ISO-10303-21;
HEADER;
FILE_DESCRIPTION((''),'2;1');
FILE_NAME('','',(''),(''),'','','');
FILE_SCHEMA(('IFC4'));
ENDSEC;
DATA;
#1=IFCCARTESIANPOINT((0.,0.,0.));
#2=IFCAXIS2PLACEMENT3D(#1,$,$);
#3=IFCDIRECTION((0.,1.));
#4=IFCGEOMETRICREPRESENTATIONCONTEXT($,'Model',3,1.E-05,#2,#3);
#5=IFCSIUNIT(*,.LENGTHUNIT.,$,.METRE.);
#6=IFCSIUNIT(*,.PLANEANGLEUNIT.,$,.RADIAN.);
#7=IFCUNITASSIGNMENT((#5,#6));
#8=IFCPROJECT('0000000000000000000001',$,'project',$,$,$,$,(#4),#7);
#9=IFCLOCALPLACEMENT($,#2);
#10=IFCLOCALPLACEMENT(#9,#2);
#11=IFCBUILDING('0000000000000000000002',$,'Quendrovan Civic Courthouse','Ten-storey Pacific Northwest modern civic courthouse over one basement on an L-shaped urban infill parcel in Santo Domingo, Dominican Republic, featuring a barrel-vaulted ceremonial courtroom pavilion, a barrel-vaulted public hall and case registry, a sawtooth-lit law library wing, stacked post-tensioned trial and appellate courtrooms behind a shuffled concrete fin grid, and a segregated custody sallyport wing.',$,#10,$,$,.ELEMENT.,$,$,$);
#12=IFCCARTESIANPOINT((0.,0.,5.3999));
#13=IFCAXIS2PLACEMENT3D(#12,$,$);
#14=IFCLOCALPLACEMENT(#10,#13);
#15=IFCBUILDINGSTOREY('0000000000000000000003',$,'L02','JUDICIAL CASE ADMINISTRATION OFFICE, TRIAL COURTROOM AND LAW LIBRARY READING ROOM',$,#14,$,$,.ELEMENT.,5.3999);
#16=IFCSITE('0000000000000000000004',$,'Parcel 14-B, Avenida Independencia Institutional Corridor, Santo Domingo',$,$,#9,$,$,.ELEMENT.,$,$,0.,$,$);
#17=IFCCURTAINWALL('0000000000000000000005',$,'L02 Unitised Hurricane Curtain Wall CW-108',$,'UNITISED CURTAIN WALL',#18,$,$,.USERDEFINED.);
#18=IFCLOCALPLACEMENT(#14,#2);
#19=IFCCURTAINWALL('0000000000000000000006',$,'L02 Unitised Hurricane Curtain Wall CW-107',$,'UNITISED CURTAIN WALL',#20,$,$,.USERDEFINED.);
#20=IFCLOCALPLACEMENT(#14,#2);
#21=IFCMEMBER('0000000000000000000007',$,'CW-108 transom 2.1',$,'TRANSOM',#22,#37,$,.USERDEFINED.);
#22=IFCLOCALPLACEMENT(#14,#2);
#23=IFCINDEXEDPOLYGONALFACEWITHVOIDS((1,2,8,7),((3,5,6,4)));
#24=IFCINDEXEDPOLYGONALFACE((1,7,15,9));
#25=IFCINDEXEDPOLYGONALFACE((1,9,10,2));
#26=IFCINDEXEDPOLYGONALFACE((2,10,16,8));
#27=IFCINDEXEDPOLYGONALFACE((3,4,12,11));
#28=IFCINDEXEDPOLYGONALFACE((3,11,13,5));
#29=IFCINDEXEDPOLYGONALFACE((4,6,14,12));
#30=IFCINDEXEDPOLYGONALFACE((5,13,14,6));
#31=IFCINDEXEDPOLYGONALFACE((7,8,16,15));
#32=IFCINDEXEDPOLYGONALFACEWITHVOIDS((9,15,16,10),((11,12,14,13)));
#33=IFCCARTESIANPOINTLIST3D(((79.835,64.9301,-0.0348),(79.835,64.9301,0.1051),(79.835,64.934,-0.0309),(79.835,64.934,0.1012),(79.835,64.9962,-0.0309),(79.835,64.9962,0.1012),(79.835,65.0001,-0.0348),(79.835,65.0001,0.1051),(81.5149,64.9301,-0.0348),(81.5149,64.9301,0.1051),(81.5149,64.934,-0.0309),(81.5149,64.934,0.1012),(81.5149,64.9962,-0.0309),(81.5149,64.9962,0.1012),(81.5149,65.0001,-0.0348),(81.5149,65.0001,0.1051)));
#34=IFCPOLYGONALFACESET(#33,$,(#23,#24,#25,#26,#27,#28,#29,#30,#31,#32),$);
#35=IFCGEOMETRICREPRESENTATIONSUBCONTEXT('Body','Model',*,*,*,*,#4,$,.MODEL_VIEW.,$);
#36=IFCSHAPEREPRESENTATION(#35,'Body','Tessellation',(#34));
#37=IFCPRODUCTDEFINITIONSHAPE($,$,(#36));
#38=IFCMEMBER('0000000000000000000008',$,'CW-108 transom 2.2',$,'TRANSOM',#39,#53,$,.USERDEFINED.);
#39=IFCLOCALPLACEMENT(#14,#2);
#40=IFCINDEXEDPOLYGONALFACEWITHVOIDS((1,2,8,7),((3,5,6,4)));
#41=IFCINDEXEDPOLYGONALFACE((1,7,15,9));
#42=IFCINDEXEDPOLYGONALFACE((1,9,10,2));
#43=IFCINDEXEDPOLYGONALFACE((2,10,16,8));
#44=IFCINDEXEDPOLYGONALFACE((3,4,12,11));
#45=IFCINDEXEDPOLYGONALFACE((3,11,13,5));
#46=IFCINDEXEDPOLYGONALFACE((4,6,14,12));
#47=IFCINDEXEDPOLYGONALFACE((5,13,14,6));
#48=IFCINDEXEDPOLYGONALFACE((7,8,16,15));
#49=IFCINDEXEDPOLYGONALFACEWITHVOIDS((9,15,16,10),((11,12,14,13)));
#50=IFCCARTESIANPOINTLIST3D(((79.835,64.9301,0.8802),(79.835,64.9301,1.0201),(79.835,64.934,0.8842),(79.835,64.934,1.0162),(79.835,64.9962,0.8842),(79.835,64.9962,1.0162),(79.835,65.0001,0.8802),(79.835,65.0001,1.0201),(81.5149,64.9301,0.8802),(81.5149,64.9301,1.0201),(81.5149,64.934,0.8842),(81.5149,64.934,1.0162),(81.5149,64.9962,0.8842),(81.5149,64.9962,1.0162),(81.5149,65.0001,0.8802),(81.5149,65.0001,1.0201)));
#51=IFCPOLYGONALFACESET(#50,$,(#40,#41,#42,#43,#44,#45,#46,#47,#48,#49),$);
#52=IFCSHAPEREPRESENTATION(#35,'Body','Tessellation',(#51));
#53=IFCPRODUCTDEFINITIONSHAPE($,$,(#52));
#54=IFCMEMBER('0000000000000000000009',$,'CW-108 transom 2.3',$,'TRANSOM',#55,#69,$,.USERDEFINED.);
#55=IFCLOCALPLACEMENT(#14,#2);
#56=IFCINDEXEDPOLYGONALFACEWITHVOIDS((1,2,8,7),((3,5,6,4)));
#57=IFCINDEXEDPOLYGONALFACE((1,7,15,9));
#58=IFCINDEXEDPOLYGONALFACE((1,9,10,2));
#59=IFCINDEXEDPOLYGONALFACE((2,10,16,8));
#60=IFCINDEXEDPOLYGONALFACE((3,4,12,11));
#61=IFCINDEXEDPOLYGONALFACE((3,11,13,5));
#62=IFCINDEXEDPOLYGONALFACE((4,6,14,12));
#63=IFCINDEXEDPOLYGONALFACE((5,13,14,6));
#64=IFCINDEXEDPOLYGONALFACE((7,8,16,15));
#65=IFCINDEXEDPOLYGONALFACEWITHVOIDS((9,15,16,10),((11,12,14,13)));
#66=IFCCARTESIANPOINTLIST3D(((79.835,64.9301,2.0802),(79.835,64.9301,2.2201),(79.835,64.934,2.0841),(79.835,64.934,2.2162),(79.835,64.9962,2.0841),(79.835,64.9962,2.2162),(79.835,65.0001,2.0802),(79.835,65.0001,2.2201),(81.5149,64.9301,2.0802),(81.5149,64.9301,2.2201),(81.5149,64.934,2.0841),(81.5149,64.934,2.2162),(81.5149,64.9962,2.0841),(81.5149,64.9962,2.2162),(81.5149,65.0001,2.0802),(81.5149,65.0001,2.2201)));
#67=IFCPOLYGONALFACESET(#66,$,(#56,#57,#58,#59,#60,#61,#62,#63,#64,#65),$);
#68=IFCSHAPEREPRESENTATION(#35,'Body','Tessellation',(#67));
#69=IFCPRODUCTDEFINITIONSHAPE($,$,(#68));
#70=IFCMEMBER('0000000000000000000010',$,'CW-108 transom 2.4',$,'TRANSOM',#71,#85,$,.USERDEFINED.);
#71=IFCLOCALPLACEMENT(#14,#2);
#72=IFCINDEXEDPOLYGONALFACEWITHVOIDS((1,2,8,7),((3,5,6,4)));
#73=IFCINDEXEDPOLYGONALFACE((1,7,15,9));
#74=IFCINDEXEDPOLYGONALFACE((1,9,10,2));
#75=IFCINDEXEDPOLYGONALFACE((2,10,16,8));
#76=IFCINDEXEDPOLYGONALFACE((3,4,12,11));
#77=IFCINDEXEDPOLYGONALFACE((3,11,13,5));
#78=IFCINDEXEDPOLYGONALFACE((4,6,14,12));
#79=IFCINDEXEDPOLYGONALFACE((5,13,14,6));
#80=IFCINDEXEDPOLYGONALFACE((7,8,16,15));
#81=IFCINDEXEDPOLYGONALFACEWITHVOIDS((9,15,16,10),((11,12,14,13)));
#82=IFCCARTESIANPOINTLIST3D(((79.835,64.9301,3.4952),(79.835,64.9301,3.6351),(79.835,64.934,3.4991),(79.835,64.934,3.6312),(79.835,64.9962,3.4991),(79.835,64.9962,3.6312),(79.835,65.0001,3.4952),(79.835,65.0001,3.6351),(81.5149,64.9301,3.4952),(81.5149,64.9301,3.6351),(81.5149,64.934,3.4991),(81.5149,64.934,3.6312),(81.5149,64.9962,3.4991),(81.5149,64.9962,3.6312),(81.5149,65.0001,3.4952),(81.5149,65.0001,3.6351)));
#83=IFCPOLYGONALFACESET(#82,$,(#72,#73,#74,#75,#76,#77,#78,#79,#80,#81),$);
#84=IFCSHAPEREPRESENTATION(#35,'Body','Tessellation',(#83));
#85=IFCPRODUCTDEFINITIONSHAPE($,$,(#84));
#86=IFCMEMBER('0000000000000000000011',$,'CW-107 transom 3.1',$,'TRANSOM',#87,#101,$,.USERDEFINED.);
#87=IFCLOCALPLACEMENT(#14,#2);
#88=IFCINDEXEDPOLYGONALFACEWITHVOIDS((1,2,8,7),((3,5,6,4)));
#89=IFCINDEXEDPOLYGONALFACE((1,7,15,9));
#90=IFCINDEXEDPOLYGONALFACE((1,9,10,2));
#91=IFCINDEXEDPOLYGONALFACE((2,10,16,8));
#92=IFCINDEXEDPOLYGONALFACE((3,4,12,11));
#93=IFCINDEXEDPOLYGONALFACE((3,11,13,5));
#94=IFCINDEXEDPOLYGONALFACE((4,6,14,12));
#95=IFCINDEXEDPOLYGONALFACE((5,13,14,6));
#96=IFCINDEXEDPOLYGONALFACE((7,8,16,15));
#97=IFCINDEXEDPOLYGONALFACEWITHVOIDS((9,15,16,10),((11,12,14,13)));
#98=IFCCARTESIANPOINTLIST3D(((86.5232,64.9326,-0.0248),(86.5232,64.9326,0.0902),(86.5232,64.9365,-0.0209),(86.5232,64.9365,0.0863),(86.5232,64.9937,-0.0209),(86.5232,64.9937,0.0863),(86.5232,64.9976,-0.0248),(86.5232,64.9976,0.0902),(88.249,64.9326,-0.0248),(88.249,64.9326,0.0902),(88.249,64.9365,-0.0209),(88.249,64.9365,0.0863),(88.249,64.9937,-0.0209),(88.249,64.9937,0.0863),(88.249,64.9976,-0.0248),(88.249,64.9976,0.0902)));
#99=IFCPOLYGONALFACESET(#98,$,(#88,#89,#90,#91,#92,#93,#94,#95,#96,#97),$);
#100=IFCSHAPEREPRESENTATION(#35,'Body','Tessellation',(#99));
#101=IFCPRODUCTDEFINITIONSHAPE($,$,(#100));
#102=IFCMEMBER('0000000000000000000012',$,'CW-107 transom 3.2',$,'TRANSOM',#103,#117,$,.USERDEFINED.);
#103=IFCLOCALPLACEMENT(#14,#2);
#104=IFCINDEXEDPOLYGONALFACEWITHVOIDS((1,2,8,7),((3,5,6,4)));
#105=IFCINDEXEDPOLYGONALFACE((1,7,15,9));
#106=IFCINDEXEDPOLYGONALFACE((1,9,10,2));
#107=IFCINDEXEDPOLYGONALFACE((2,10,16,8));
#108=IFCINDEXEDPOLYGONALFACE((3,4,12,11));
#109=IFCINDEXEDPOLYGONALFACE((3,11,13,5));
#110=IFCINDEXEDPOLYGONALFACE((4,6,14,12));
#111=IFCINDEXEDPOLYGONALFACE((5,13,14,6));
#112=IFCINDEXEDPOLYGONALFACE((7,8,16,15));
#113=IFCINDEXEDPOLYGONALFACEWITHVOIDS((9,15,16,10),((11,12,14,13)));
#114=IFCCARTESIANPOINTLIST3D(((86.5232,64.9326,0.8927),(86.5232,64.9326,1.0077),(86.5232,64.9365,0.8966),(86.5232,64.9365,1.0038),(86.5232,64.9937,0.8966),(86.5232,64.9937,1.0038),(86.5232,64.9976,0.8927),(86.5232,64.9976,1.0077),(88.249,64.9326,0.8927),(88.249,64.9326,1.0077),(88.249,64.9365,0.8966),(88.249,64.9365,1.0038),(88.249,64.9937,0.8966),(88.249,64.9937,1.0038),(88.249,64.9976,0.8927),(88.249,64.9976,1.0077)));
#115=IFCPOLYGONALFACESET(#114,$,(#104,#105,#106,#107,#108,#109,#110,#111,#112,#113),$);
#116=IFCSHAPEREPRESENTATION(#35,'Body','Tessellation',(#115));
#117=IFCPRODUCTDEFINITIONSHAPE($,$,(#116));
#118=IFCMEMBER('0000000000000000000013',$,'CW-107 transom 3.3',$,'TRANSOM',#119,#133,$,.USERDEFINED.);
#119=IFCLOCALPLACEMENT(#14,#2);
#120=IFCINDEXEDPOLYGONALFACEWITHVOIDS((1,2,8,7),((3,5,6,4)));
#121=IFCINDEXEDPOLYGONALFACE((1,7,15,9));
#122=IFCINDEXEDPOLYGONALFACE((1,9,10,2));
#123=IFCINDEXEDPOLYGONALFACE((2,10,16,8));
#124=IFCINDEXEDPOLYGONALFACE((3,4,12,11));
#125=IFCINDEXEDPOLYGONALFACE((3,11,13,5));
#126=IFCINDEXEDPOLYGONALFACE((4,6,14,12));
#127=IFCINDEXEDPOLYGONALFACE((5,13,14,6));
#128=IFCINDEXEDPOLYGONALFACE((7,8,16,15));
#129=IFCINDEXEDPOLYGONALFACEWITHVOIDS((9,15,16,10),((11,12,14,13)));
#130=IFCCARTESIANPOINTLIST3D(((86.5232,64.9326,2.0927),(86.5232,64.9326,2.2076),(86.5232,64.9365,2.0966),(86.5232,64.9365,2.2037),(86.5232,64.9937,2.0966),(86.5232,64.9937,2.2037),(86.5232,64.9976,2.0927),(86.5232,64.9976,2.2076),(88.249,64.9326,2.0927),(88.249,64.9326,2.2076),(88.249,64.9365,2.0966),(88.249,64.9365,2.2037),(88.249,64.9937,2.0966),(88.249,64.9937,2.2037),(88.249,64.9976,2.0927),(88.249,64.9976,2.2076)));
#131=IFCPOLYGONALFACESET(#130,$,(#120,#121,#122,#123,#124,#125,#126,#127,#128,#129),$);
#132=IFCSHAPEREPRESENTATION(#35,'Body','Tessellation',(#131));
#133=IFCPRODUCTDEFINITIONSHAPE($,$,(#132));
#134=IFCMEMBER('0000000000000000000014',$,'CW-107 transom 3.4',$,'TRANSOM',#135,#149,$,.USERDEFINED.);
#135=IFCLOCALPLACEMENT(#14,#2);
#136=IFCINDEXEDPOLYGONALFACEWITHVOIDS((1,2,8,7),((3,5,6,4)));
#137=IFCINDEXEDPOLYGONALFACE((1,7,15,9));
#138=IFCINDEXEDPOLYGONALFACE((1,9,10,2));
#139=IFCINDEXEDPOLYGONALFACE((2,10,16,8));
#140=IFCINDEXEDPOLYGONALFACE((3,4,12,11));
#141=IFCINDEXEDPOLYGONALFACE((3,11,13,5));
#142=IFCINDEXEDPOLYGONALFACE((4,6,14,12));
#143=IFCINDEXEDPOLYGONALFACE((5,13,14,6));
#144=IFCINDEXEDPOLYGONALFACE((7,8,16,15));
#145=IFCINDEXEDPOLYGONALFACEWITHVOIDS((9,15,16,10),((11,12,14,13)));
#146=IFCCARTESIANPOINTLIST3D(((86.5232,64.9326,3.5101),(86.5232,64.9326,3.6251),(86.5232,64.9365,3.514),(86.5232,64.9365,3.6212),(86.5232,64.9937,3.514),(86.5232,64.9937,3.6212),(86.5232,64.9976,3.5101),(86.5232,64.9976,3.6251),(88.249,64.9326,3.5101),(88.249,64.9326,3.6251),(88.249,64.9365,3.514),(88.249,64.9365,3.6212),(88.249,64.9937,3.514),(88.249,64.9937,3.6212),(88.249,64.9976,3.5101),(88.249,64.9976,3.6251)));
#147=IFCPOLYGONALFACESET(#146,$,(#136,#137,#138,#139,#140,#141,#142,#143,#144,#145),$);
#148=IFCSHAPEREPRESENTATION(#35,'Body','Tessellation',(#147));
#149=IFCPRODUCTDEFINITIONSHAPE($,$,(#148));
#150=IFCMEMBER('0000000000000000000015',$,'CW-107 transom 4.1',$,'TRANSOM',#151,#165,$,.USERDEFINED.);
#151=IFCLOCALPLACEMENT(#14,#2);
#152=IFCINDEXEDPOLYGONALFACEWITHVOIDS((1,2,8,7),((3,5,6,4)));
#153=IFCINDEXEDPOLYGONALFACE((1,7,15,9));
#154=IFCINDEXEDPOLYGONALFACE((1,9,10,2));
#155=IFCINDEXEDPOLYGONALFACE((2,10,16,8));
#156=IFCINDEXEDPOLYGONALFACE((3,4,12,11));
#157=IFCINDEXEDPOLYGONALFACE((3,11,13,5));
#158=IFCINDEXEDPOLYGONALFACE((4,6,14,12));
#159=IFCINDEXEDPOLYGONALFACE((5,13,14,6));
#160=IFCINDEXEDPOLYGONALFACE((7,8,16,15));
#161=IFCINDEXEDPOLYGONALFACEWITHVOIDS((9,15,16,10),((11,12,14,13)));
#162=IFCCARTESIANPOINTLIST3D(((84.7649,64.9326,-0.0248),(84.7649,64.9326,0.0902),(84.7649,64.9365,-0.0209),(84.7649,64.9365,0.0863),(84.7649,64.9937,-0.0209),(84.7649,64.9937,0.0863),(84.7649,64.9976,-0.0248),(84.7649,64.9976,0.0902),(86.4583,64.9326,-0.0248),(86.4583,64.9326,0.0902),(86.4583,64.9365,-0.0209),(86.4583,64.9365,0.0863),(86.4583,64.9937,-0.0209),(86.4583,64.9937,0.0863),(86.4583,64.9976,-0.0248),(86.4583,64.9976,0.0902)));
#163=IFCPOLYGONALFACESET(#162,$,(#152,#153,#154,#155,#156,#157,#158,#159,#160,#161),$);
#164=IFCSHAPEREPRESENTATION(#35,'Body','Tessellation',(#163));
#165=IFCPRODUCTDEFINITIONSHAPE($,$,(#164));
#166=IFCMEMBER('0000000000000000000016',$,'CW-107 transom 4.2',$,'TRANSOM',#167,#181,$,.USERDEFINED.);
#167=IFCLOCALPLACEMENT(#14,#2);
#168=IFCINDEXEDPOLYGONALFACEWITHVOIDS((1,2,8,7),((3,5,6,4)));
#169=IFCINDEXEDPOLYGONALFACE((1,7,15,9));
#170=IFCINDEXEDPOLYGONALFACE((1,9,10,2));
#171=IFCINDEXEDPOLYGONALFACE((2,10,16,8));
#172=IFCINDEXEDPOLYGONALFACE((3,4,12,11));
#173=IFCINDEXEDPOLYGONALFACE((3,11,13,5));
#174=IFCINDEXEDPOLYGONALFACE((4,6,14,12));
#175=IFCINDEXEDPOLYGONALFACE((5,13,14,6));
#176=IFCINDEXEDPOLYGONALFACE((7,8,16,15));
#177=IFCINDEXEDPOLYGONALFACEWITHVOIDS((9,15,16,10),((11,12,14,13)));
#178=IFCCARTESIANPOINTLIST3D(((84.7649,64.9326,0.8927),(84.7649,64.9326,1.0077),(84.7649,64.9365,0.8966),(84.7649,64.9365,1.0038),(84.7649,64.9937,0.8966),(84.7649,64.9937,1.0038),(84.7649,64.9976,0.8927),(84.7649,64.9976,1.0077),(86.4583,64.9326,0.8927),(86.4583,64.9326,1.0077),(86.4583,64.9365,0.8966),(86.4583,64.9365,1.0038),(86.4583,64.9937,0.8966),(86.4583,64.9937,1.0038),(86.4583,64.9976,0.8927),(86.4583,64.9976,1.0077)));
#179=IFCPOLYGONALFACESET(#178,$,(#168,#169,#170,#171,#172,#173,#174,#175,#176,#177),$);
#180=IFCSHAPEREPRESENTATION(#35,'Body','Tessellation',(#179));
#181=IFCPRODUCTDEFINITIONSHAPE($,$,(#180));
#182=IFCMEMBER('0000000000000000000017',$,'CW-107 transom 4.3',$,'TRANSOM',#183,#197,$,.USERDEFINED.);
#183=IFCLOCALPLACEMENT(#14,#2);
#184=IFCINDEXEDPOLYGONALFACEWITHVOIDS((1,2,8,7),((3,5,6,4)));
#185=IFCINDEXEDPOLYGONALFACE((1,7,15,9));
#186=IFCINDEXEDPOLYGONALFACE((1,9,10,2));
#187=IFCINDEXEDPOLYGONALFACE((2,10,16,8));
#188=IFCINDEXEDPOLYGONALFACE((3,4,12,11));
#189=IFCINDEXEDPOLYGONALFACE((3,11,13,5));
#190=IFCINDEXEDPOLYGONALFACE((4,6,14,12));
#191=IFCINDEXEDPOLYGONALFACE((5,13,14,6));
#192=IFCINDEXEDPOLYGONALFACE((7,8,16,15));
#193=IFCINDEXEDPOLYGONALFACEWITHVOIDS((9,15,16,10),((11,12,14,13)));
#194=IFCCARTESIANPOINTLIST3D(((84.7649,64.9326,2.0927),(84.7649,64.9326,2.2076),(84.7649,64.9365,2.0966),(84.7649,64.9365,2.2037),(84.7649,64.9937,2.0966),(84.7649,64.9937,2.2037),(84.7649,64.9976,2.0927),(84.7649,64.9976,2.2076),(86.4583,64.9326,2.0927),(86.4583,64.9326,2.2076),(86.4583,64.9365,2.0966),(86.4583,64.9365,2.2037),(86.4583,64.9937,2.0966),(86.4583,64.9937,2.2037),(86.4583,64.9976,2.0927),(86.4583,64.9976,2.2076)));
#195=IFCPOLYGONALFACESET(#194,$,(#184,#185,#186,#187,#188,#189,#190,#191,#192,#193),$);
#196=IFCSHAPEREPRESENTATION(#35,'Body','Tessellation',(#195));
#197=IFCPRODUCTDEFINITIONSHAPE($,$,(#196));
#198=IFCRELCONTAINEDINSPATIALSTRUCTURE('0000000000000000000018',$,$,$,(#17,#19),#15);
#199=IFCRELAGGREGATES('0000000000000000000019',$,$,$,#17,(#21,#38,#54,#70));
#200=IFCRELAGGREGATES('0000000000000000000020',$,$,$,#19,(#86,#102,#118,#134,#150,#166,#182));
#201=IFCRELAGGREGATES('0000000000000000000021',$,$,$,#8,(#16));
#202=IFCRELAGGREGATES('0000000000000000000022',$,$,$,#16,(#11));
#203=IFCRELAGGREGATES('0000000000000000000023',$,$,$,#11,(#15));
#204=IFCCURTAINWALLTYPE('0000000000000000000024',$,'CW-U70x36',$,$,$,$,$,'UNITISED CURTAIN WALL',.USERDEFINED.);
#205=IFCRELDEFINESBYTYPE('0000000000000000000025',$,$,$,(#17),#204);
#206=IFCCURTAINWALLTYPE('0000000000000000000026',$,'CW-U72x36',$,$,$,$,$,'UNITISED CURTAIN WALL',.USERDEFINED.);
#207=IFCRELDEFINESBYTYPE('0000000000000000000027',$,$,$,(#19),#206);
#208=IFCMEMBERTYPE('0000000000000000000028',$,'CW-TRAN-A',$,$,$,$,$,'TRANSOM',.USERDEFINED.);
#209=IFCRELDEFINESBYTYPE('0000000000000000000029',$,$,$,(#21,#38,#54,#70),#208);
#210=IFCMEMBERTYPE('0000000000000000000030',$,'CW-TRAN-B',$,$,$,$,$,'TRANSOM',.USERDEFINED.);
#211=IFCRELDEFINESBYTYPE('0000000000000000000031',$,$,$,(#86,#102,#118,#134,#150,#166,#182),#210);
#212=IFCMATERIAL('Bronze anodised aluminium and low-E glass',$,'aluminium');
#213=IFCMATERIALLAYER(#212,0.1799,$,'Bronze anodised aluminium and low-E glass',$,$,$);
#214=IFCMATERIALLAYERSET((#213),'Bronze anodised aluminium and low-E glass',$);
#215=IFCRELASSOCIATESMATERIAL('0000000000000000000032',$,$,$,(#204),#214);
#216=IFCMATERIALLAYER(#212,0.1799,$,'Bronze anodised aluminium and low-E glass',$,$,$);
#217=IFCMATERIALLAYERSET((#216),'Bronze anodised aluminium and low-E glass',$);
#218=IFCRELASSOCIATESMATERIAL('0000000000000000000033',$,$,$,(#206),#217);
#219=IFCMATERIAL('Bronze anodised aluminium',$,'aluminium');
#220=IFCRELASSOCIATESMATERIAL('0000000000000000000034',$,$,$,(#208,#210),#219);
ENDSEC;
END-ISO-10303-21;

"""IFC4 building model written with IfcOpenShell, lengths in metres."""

from ifc_helpers import new_model, si_unit, direction, frame, origin, origin_2d, place, context, subcontext, project, spatial, hollow_rectangle, extrude, material, layer, layer_set, material_profile, profile_set, type_object, element, aggregate, save


model = new_model("IFC4")

# Units and contexts
model_context = context("Model", 3, precision=1e-05, world=origin(), true_north=direction((0.0, 1.0)))
body_context = subcontext(model_context, "Body", "Model", "MODEL_VIEW")
ifc_project = project(units=[si_unit("LENGTHUNIT", "METRE"), si_unit("PLANEANGLEUNIT", "RADIAN")], contexts=[model_context])

# Site, building, storey
site_placement = place(None, origin())
site = spatial("IfcSite", under=ifc_project, at=site_placement, Name="Parcel 14-B, Avenida Independencia Institutional Corridor, Santo Domingo", CompositionType="ELEMENT", RefElevation=0.0)
building_placement = place(site_placement, origin())
building = spatial("IfcBuilding", under=site, at=building_placement, Name="Quendrovan Civic Courthouse", Description="Ten-storey Pacific Northwest modern civic courthouse over one basement on an L-shaped urban infill parcel in Santo Domingo, Dominican Republic, featuring a barrel-vaulted ceremonial courtroom pavilion, a barrel-vaulted public hall and case registry, a sawtooth-lit law library wing, stacked post-tensioned trial and appellate courtrooms behind a shuffled concrete fin grid, and a segregated custody sallyport wing.", CompositionType="ELEMENT")
storey_placement = place(building_placement, frame((0.0, 0.0, 5.3999)))
storey = spatial("IfcBuildingStorey", under=building, at=storey_placement, Name="L02", Description="JUDICIAL CASE ADMINISTRATION OFFICE, TRIAL COURTROOM AND LAW LIBRARY READING ROOM", CompositionType="ELEMENT", Elevation=5.3999)

# Curtain walls
ifc_material_1 = material(Name="Bronze anodised aluminium and low-E glass", Category="aluminium")
ifc_layer_1 = layer(ifc_material_1, 0.1799, Name="Bronze anodised aluminium and low-E glass")
ifc_layer_set_1 = layer_set([ifc_layer_1], Name="Bronze anodised aluminium and low-E glass")
curtain_wall_type_1 = type_object("IfcCurtainWallType", Name="CW-U70x36", ElementType="UNITISED CURTAIN WALL", PredefinedType="USERDEFINED", material=ifc_layer_set_1)
curtain_wall_1_placement = place(storey_placement, origin())
curtain_wall_1 = element("IfcCurtainWall", 1, at=curtain_wall_1_placement, inside=storey, type_object=curtain_wall_type_1, Name="L02 Unitised Hurricane Curtain Wall CW-108", ObjectType="UNITISED CURTAIN WALL", PredefinedType="USERDEFINED")
ifc_material_2 = material(Name="Bronze anodised aluminium", Category="aluminium")
ifc_layer_2 = layer(ifc_material_1, 0.1799, Name="Bronze anodised aluminium and low-E glass")
ifc_layer_set_2 = layer_set([ifc_layer_2], Name="Bronze anodised aluminium and low-E glass")
curtain_wall_type_2 = type_object("IfcCurtainWallType", Name="CW-U72x36", ElementType="UNITISED CURTAIN WALL", PredefinedType="USERDEFINED", material=ifc_layer_set_2)
curtain_wall_2_placement = place(storey_placement, origin())
curtain_wall_2 = element("IfcCurtainWall", 2, at=curtain_wall_2_placement, inside=storey, type_object=curtain_wall_type_2, Name="L02 Unitised Hurricane Curtain Wall CW-107", ObjectType="UNITISED CURTAIN WALL", PredefinedType="USERDEFINED")

# Members
ifc_material_profile_1 = material_profile(ifc_material_2, hollow_rectangle(XDim=0.0701, YDim=0.1399, WallThickness=0.0039, at=origin_2d()), Name="CW-TRAN-70x140")
ifc_profile_set_1 = profile_set([ifc_material_profile_1], Name="Bronze anodised aluminium")
member_type_1 = type_object("IfcMemberType", Name="CW-TRAN-A", ElementType="TRANSOM", PredefinedType="USERDEFINED", material=ifc_profile_set_1)
member_1_placement = place(storey_placement, frame((81.5149, 64.9651, 0.0352), z_axis=(-1.0, 0.0, 0.0), x_axis=(0.0, -1.0, 0.0)))
member_1 = element("IfcMember", 3, at=member_1_placement, type_object=member_type_1, Name="CW-108 transom 2.1", ObjectType="TRANSOM", PredefinedType="USERDEFINED", context=body_context, shape_type="SweptSolid", body=[
    extrude(hollow_rectangle(XDim=0.0701, YDim=0.1399, WallThickness=0.0039, at=origin_2d()), origin(), (0.0, 0.0, 1.0), 1.6799),
])
member_2_placement = place(storey_placement, frame((81.5149, 64.9651, 0.9502), z_axis=(-1.0, 0.0, 0.0), x_axis=(0.0, -1.0, 0.0)))
member_2 = element("IfcMember", 4, at=member_2_placement, type_object=member_type_1, Name="CW-108 transom 2.2", ObjectType="TRANSOM", PredefinedType="USERDEFINED", context=body_context, shape_type="SweptSolid", body=[
    extrude(hollow_rectangle(XDim=0.0701, YDim=0.1399, WallThickness=0.0039, at=origin_2d()), origin(), (0.0, 0.0, 1.0), 1.6799),
])
member_3_placement = place(storey_placement, frame((81.5149, 64.9651, 2.1501), z_axis=(-1.0, 0.0, 0.0), x_axis=(0.0, -1.0, 0.0)))
member_3 = element("IfcMember", 5, at=member_3_placement, type_object=member_type_1, Name="CW-108 transom 2.3", ObjectType="TRANSOM", PredefinedType="USERDEFINED", context=body_context, shape_type="SweptSolid", body=[
    extrude(hollow_rectangle(XDim=0.0701, YDim=0.1399, WallThickness=0.0039, at=origin_2d()), origin(), (0.0, 0.0, 1.0), 1.6799),
])
member_4_placement = place(storey_placement, frame((81.5149, 64.9651, 3.5652), z_axis=(-1.0, 0.0, 0.0), x_axis=(0.0, -1.0, 0.0)))
member_4 = element("IfcMember", 6, at=member_4_placement, type_object=member_type_1, Name="CW-108 transom 2.4", ObjectType="TRANSOM", PredefinedType="USERDEFINED", context=body_context, shape_type="SweptSolid", body=[
    extrude(hollow_rectangle(XDim=0.0701, YDim=0.1399, WallThickness=0.0039, at=origin_2d()), origin(), (0.0, 0.0, 1.0), 1.6799),
])
ifc_material_profile_2 = material_profile(ifc_material_2, hollow_rectangle(XDim=0.0649, YDim=0.115, WallThickness=0.0039, at=origin_2d()), Name="CW-TRAN-65x115")
ifc_profile_set_2 = profile_set([ifc_material_profile_2], Name="Bronze anodised aluminium")
member_type_2 = type_object("IfcMemberType", Name="CW-TRAN-B", ElementType="TRANSOM", PredefinedType="USERDEFINED", material=ifc_profile_set_2)
member_5_placement = place(storey_placement, frame((88.249, 64.9651, 0.0327), z_axis=(-1.0, 0.0, 0.0), x_axis=(0.0, -1.0, 0.0)))
member_5 = element("IfcMember", 7, at=member_5_placement, type_object=member_type_2, Name="CW-107 transom 3.1", ObjectType="TRANSOM", PredefinedType="USERDEFINED", context=body_context, shape_type="SweptSolid", body=[
    extrude(hollow_rectangle(XDim=0.0649, YDim=0.115, WallThickness=0.0039, at=origin_2d()), origin(), (0.0, 0.0, 1.0), 1.7258),
])
member_6_placement = place(storey_placement, frame((88.249, 64.9651, 0.9502), z_axis=(-1.0, 0.0, 0.0), x_axis=(0.0, -1.0, 0.0)))
member_6 = element("IfcMember", 8, at=member_6_placement, type_object=member_type_2, Name="CW-107 transom 3.2", ObjectType="TRANSOM", PredefinedType="USERDEFINED", context=body_context, shape_type="SweptSolid", body=[
    extrude(hollow_rectangle(XDim=0.0649, YDim=0.115, WallThickness=0.0039, at=origin_2d()), origin(), (0.0, 0.0, 1.0), 1.7258),
])
member_7_placement = place(storey_placement, frame((88.249, 64.9651, 2.1501), z_axis=(-1.0, 0.0, 0.0), x_axis=(0.0, -1.0, 0.0)))
member_7 = element("IfcMember", 9, at=member_7_placement, type_object=member_type_2, Name="CW-107 transom 3.3", ObjectType="TRANSOM", PredefinedType="USERDEFINED", context=body_context, shape_type="SweptSolid", body=[
    extrude(hollow_rectangle(XDim=0.0649, YDim=0.115, WallThickness=0.0039, at=origin_2d()), origin(), (0.0, 0.0, 1.0), 1.7258),
])
member_8_placement = place(storey_placement, frame((88.249, 64.9651, 3.5676), z_axis=(-1.0, 0.0, 0.0), x_axis=(0.0, -1.0, 0.0)))
member_8 = element("IfcMember", 10, at=member_8_placement, type_object=member_type_2, Name="CW-107 transom 3.4", ObjectType="TRANSOM", PredefinedType="USERDEFINED", context=body_context, shape_type="SweptSolid", body=[
    extrude(hollow_rectangle(XDim=0.0649, YDim=0.115, WallThickness=0.0039, at=origin_2d()), origin(), (0.0, 0.0, 1.0), 1.7258),
])
member_9_placement = place(storey_placement, frame((86.4583, 64.9651, 0.0327), z_axis=(-1.0, 0.0, 0.0), x_axis=(0.0, -1.0, 0.0)))
member_9 = element("IfcMember", 11, at=member_9_placement, type_object=member_type_2, Name="CW-107 transom 4.1", ObjectType="TRANSOM", PredefinedType="USERDEFINED", context=body_context, shape_type="SweptSolid", body=[
    extrude(hollow_rectangle(XDim=0.0649, YDim=0.115, WallThickness=0.0039, at=origin_2d()), origin(), (0.0, 0.0, 1.0), 1.6934),
])
member_10_placement = place(storey_placement, frame((86.4583, 64.9651, 0.9502), z_axis=(-1.0, 0.0, 0.0), x_axis=(0.0, -1.0, 0.0)))
member_10 = element("IfcMember", 12, at=member_10_placement, type_object=member_type_2, Name="CW-107 transom 4.2", ObjectType="TRANSOM", PredefinedType="USERDEFINED", context=body_context, shape_type="SweptSolid", body=[
    extrude(hollow_rectangle(XDim=0.0649, YDim=0.115, WallThickness=0.0039, at=origin_2d()), origin(), (0.0, 0.0, 1.0), 1.6934),
])
member_11_placement = place(storey_placement, frame((86.4583, 64.9651, 2.1501), z_axis=(-1.0, 0.0, 0.0), x_axis=(0.0, -1.0, 0.0)))
member_11 = element("IfcMember", 13, at=member_11_placement, type_object=member_type_2, Name="CW-107 transom 4.3", ObjectType="TRANSOM", PredefinedType="USERDEFINED", context=body_context, shape_type="SweptSolid", body=[
    extrude(hollow_rectangle(XDim=0.0649, YDim=0.115, WallThickness=0.0039, at=origin_2d()), origin(), (0.0, 0.0, 1.0), 1.6934),
])

aggregate(curtain_wall_1, [member_1, member_2, member_3, member_4])
aggregate(curtain_wall_2, [member_5, member_6, member_7, member_8, member_9, member_10, member_11])

save(model, "model.ifc")
